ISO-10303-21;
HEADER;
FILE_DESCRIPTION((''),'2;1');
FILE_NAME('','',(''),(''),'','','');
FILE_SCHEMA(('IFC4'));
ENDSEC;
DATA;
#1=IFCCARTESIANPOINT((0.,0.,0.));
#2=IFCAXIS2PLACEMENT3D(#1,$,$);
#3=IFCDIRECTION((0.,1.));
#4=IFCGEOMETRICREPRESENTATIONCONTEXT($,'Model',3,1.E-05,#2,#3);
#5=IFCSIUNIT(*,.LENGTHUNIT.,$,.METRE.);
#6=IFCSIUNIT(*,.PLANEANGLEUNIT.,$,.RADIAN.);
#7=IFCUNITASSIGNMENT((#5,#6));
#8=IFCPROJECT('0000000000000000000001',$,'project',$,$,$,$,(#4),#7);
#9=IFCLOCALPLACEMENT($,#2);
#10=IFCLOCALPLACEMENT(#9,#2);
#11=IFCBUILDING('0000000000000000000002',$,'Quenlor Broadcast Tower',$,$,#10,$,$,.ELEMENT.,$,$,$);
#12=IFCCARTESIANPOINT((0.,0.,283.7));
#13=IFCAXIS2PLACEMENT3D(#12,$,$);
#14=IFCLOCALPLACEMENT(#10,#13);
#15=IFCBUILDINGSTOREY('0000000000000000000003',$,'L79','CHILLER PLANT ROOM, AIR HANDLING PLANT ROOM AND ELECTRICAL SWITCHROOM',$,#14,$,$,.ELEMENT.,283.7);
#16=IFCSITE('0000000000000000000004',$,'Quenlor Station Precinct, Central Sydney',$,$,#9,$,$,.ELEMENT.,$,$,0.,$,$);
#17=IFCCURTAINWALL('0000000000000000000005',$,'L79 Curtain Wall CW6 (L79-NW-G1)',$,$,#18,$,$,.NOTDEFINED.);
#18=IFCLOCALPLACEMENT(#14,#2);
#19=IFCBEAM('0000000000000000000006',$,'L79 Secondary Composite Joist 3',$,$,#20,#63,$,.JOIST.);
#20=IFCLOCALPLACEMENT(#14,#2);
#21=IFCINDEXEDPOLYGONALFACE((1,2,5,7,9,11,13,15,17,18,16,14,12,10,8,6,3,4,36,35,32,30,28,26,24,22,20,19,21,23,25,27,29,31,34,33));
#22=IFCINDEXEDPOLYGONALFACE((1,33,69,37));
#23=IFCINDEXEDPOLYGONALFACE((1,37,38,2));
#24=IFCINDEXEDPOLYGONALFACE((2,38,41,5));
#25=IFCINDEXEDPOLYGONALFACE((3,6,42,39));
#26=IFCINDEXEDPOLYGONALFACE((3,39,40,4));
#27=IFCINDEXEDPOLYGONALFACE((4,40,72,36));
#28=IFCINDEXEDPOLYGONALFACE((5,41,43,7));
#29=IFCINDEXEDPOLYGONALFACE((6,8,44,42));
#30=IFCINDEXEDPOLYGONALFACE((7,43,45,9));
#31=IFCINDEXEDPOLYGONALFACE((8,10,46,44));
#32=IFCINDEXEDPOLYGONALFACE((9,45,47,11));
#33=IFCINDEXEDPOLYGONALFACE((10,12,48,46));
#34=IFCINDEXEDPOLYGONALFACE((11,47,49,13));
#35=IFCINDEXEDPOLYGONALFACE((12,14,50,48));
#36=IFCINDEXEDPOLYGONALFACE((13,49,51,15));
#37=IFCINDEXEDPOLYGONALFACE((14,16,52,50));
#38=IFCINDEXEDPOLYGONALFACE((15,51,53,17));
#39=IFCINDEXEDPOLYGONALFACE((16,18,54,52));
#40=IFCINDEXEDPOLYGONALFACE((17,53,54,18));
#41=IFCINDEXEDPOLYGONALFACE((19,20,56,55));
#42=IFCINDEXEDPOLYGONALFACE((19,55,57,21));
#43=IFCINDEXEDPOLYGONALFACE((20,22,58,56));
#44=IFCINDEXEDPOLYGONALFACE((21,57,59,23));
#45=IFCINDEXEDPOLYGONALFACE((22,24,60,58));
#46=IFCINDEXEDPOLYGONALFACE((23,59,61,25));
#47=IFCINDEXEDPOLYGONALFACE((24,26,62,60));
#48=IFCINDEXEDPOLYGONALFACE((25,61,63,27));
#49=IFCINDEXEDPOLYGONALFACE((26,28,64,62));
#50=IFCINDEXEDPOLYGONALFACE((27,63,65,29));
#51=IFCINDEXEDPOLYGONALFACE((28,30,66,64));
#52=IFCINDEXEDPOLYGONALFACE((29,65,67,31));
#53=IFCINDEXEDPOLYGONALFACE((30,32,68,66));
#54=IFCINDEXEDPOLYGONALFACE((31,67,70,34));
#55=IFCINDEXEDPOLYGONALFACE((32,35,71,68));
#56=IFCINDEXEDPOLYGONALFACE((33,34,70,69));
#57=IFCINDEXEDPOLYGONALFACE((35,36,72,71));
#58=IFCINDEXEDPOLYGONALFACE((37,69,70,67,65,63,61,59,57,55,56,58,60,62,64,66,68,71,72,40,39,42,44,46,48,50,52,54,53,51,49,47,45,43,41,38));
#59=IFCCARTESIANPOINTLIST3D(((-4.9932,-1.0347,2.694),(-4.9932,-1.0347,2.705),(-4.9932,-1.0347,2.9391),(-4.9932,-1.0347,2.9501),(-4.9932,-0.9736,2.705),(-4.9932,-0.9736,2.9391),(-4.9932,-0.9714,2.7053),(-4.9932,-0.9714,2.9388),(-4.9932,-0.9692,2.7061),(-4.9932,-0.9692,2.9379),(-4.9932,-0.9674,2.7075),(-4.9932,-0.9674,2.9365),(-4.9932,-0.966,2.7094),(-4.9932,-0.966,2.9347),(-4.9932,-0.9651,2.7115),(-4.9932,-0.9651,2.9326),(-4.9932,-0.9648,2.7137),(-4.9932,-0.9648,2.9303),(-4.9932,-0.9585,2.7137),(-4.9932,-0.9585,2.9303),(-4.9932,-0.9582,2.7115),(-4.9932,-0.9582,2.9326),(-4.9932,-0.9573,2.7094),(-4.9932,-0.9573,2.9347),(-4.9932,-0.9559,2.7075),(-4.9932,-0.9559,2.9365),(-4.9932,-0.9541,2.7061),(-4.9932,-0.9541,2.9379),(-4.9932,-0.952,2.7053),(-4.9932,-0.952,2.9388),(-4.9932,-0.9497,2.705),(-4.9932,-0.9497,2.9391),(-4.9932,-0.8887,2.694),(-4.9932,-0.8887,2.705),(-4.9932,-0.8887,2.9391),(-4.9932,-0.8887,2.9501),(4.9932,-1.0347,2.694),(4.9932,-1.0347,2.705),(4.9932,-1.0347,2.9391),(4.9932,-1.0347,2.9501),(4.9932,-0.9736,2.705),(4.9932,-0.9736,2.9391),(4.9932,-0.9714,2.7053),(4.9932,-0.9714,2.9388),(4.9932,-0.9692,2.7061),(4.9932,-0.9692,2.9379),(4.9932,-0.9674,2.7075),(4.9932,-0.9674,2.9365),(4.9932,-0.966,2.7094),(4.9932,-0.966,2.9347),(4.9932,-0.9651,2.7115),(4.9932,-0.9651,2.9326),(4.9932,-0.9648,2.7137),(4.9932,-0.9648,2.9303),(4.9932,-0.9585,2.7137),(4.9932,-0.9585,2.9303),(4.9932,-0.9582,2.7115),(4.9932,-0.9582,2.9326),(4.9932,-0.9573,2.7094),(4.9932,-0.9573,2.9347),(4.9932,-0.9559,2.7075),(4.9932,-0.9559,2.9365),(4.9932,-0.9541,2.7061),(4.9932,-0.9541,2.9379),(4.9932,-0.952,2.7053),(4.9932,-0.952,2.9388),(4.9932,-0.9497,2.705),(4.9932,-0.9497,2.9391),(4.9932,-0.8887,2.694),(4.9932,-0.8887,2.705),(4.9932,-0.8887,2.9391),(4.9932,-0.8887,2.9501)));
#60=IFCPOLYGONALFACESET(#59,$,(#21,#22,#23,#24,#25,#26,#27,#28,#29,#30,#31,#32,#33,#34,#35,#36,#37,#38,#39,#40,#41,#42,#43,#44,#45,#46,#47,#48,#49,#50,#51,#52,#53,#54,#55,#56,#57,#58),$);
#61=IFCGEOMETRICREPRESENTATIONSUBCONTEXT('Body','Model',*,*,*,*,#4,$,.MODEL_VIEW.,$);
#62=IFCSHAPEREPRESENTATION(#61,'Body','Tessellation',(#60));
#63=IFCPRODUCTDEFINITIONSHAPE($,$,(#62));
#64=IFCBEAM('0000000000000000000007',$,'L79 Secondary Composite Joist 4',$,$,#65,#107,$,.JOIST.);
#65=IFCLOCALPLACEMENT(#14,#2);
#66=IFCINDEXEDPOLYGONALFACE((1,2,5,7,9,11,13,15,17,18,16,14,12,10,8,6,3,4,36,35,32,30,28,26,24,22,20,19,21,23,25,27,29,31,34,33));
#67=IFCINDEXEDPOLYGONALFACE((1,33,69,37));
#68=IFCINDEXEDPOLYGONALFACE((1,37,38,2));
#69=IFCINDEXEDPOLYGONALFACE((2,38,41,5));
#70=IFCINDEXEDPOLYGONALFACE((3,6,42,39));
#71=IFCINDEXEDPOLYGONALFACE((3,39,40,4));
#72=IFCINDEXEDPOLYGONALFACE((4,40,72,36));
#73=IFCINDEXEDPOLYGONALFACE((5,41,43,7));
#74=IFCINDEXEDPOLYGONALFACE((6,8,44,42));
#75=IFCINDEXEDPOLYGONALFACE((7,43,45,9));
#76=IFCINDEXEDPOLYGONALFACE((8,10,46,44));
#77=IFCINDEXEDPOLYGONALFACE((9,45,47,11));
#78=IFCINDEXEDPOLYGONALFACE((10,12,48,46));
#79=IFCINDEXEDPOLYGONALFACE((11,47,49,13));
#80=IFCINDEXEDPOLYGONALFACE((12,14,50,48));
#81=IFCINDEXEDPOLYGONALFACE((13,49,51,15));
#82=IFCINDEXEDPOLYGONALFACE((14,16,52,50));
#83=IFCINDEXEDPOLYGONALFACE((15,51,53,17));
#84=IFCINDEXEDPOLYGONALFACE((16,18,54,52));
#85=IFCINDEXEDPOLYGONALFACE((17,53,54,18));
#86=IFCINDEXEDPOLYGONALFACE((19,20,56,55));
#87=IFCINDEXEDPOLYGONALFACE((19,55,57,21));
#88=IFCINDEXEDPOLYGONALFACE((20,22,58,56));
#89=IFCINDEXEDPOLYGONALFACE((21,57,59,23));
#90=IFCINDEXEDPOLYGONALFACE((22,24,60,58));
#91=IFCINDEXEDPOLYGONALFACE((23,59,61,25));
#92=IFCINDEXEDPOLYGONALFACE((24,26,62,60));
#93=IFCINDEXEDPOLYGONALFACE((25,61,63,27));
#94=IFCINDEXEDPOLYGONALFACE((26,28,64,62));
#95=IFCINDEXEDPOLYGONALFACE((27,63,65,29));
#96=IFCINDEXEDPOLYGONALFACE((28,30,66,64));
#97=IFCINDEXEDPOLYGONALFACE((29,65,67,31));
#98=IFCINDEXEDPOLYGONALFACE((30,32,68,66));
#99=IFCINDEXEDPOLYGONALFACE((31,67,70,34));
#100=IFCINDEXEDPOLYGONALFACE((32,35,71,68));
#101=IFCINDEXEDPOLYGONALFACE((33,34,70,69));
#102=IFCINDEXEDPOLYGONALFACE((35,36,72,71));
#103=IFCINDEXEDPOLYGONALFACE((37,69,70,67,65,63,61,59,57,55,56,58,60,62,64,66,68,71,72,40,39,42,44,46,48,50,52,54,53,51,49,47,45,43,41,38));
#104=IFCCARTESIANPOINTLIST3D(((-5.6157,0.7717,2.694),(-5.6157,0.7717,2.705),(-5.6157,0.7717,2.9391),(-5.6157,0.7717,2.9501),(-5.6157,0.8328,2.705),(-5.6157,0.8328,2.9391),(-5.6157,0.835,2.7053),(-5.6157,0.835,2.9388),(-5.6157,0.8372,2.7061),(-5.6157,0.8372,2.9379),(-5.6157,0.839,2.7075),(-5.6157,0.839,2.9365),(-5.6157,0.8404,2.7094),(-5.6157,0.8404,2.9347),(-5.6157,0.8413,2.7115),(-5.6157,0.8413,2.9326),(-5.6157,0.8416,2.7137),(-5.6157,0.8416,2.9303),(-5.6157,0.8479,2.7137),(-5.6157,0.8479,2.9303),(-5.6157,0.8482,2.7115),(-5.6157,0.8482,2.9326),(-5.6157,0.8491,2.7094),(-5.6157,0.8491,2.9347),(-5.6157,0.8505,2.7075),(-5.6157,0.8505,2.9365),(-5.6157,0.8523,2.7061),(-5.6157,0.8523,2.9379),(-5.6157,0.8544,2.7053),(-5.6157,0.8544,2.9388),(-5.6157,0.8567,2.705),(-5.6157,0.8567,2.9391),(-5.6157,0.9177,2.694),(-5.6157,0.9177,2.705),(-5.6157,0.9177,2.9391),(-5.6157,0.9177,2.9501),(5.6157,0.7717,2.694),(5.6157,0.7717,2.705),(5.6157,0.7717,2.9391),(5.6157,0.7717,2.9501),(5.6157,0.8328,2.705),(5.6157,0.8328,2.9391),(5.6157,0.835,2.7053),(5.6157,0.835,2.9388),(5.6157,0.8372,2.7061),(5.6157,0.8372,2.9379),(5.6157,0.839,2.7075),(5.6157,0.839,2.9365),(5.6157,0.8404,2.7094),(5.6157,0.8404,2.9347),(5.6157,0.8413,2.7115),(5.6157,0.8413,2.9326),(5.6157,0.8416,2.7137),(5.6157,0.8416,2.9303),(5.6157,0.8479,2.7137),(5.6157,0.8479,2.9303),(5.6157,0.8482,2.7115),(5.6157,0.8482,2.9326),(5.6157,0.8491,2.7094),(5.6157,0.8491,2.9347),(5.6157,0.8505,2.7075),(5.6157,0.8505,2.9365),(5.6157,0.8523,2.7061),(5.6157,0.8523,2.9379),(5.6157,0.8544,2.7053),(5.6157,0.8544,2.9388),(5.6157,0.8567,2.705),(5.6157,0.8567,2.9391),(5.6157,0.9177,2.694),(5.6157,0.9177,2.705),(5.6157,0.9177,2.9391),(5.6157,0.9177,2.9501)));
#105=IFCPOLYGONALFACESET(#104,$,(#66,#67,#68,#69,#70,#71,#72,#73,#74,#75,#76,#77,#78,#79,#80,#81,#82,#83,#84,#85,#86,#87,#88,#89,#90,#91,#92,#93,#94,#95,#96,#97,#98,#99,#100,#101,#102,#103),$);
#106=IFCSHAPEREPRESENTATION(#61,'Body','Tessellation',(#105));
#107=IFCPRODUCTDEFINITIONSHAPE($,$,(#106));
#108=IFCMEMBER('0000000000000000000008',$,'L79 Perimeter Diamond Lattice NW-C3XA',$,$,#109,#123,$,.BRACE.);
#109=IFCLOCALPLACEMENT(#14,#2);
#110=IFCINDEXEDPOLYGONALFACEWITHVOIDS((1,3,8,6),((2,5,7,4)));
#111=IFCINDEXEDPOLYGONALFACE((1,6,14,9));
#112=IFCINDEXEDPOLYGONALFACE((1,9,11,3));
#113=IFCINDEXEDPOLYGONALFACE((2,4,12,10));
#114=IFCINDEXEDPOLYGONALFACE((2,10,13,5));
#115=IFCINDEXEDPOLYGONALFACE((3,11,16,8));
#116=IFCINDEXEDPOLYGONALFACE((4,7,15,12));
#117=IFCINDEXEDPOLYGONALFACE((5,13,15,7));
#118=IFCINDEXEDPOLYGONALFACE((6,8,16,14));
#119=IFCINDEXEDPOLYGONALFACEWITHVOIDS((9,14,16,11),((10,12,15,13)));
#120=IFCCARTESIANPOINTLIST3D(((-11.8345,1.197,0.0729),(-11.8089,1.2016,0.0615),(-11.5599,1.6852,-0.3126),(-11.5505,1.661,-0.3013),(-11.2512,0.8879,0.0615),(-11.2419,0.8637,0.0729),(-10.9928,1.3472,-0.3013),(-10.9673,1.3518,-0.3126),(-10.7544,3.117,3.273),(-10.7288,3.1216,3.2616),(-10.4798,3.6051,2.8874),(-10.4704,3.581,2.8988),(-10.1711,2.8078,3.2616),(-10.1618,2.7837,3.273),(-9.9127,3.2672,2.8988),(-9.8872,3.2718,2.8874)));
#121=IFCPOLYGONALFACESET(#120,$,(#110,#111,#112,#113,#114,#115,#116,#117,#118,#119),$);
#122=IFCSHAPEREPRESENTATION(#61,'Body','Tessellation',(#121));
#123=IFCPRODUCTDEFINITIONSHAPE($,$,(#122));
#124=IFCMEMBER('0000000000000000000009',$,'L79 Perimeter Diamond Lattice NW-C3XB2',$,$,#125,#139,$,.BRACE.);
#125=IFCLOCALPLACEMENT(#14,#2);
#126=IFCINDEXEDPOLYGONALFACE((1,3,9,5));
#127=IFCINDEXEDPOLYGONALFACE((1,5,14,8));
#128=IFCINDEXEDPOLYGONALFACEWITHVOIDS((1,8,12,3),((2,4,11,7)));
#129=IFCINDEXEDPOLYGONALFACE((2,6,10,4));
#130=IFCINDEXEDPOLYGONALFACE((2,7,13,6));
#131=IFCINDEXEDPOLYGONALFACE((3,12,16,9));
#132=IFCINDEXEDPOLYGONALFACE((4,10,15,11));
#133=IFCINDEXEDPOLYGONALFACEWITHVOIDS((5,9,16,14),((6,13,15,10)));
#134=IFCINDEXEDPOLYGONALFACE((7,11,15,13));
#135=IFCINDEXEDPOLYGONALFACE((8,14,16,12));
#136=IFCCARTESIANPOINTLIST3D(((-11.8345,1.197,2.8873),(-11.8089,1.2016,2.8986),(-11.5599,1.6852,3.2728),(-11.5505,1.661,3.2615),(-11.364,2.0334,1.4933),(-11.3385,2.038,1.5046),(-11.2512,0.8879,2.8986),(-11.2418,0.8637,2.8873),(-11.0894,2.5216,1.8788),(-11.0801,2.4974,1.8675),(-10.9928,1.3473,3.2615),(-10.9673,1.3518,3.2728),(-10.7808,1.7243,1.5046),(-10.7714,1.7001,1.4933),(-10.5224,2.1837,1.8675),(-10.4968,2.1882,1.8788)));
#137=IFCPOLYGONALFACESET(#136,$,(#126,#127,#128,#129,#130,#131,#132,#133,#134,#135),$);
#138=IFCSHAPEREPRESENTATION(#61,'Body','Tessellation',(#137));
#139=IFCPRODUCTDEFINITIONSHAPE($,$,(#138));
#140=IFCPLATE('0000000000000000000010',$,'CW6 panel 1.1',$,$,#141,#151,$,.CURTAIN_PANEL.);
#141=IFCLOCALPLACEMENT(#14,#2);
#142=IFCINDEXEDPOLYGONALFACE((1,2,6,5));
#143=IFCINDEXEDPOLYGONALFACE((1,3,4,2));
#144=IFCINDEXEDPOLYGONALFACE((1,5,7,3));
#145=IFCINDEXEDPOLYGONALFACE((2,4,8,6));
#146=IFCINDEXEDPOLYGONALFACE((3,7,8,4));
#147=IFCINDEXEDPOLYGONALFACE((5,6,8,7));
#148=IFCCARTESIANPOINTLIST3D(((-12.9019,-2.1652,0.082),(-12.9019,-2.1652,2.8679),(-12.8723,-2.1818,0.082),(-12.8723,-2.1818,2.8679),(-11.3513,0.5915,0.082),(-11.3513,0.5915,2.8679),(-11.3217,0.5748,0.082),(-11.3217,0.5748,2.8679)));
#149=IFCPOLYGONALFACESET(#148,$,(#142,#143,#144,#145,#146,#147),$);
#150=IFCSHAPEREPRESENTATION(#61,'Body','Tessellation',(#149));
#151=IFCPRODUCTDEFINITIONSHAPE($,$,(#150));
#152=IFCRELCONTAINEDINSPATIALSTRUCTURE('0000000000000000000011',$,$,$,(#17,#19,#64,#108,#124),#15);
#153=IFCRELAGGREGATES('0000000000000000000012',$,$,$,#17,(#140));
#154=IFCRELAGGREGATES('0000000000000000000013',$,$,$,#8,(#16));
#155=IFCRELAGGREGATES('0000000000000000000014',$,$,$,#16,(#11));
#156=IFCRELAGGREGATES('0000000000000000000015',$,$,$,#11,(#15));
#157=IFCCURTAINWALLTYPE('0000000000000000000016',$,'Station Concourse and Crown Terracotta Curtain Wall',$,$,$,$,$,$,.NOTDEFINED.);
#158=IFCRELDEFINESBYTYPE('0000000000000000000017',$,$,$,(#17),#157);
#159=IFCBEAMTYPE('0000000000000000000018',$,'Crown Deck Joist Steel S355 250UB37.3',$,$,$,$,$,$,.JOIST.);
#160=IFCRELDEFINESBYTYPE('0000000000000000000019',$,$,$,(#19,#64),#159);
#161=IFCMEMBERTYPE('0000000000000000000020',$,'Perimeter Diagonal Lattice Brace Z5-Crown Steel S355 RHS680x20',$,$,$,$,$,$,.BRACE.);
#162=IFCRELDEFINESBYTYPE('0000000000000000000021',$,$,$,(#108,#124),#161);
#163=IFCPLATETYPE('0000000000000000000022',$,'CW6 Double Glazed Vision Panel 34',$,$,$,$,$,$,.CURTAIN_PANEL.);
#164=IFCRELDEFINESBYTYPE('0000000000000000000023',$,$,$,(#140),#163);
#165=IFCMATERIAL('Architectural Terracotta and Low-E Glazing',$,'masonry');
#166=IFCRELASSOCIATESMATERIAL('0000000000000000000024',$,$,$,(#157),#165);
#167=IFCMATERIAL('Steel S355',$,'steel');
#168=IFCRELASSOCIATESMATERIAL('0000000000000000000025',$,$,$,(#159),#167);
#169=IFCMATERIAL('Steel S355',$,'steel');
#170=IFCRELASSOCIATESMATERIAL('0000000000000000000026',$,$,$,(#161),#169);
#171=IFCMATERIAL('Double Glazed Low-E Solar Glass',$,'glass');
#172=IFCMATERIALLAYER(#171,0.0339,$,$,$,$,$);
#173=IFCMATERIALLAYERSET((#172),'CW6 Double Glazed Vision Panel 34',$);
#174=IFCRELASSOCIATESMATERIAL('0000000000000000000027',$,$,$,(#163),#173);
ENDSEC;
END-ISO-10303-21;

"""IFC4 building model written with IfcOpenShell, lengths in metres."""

from ifc_helpers import new_model, si_unit, direction, frame, origin, origin_2d, place, context, subcontext, project, spatial, rectangle, hollow_rectangle, i_section, extrude, material, layer, layer_set, material_profile, profile_set, type_object, element, aggregate, save


model = new_model("IFC4")

# Units and contexts
model_context = context("Model", 3, precision=1e-05, world=origin(), true_north=direction((0.0, 1.0)))
body_context = subcontext(model_context, "Body", "Model", "MODEL_VIEW")
ifc_project = project(units=[si_unit("LENGTHUNIT", "METRE"), si_unit("PLANEANGLEUNIT", "RADIAN")], contexts=[model_context])

# Site, building, storey
site_placement = place(None, origin())
site = spatial("IfcSite", under=ifc_project, at=site_placement, Name="Quenlor Station Precinct, Central Sydney", CompositionType="ELEMENT", RefElevation=0.0)
building_placement = place(site_placement, origin())
building = spatial("IfcBuilding", under=site, at=building_placement, Name="Quenlor Broadcast Tower", CompositionType="ELEMENT")
storey_placement = place(building_placement, frame((0.0, 0.0, 283.7)))
storey = spatial("IfcBuildingStorey", under=building, at=storey_placement, Name="L79", Description="CHILLER PLANT ROOM, AIR HANDLING PLANT ROOM AND ELECTRICAL SWITCHROOM", CompositionType="ELEMENT", Elevation=283.7)

# Curtain wall
ifc_material_1 = material(Name="Architectural Terracotta and Low-E Glazing", Category="masonry")
curtain_wall_type = type_object("IfcCurtainWallType", Name="Station Concourse and Crown Terracotta Curtain Wall", PredefinedType="NOTDEFINED", material=ifc_material_1)
curtain_wall_placement = place(storey_placement, origin())
curtain_wall = element("IfcCurtainWall", 1, at=curtain_wall_placement, inside=storey, type_object=curtain_wall_type, Name="L79 Curtain Wall CW6 (L79-NW-G1)", PredefinedType="NOTDEFINED")

# Beams
ifc_material_2 = material(Name="Steel S355", Category="steel")
ifc_material_profile_1 = material_profile(ifc_material_2, i_section(OverallWidth=0.146, OverallDepth=0.2561, WebThickness=0.0063, FlangeThickness=0.011, FilletRadius=0.0088, at=origin_2d()))
ifc_profile_set_1 = profile_set([ifc_material_profile_1], Name="Steel S355 250UB37.3")
beam_type_1 = type_object("IfcBeamType", Name="Crown Deck Joist Steel S355 250UB37.3", PredefinedType="JOIST", material=ifc_profile_set_1)
beam_1_placement = place(storey_placement, frame((-4.9932, -0.9617, 2.822), z_axis=(1.0, 0.0, 0.0), x_axis=(0.0, 1.0, 0.0)))
element("IfcBeam", 2, at=beam_1_placement, inside=storey, type_object=beam_type_1, Name="L79 Secondary Composite Joist 3", PredefinedType="JOIST", context=body_context, shape_type="SweptSolid", body=[
    extrude(i_section(OverallWidth=0.146, OverallDepth=0.2561, WebThickness=0.0063, FlangeThickness=0.011, FilletRadius=0.0088, at=origin_2d()), origin(), (0.0, 0.0, 1.0), 9.9863),
])
beam_2_placement = place(storey_placement, frame((-5.6157, 0.8447, 2.822), z_axis=(1.0, 0.0, 0.0), x_axis=(0.0, 1.0, 0.0)))
element("IfcBeam", 3, at=beam_2_placement, inside=storey, type_object=beam_type_1, Name="L79 Secondary Composite Joist 4", PredefinedType="JOIST", context=body_context, shape_type="SweptSolid", body=[
    extrude(i_section(OverallWidth=0.146, OverallDepth=0.2561, WebThickness=0.0063, FlangeThickness=0.011, FilletRadius=0.0088, at=origin_2d()), origin(), (0.0, 0.0, 1.0), 11.2314),
])

# Members
ifc_material_3 = material(Name="Steel S355", Category="steel")
ifc_material_profile_2 = material_profile(ifc_material_3, hollow_rectangle(XDim=0.6799, YDim=0.6799, WallThickness=0.02, at=origin_2d()))
ifc_profile_set_2 = profile_set([ifc_material_profile_2], Name="Steel S355 RHS680x680x20")
member_type_1 = type_object("IfcMemberType", Name="Perimeter Diagonal Lattice Brace Z5-Crown Steel S355 RHS680x20", PredefinedType="BRACE", material=ifc_profile_set_2)
member_1_placement = place(storey_placement, frame((-11.4009, 1.2744, -0.1199), z_axis=(0.27802, 0.494203, 0.823692), x_axis=(-0.871552, 0.490303, 0.0)))
element("IfcMember", 4, at=member_1_placement, inside=storey, type_object=member_type_1, Name="L79 Perimeter Diamond Lattice NW-C3XA", PredefinedType="BRACE", context=body_context, shape_type="SweptSolid", body=[
    extrude(hollow_rectangle(XDim=0.6799, YDim=0.6799, WallThickness=0.02, at=origin_2d()), origin(), (0.0, 0.0, 1.0), 3.885),
])
member_2_placement = place(storey_placement, frame((-10.9304, 2.1108, 1.686), z_axis=(-0.27798, -0.494218, 0.823697), x_axis=(0.871589, -0.490237, 0.0)))
element("IfcMember", 5, at=member_2_placement, inside=storey, type_object=member_type_1, Name="L79 Perimeter Diamond Lattice NW-C3XB2", PredefinedType="BRACE", context=body_context, shape_type="SweptSolid", body=[
    extrude(hollow_rectangle(XDim=0.6799, YDim=0.6799, WallThickness=0.02, at=origin_2d()), origin(), (0.0, 0.0, 1.0), 1.6924),
])

# Plate
ifc_material_4 = material(Name="Double Glazed Low-E Solar Glass", Category="glass")
ifc_layer_1 = layer(ifc_material_4, 0.0339)
ifc_layer_set_1 = layer_set([ifc_layer_1], Name="CW6 Double Glazed Vision Panel 34")
plate_type_1 = type_object("IfcPlateType", Name="CW6 Double Glazed Vision Panel 34", PredefinedType="CURTAIN_PANEL", material=ifc_layer_set_1)
plate_placement = place(storey_placement, frame((-12.1118, -0.7952, 0.082), z_axis=(0.0, 0.0, 1.0), x_axis=(0.490268, 0.871572, 0.0)))
plate = element("IfcPlate", 6, at=plate_placement, type_object=plate_type_1, Name="CW6 panel 1.1", PredefinedType="CURTAIN_PANEL", context=body_context, shape_type="SweptSolid", body=[
    extrude(rectangle(XDim=3.1628, YDim=0.0339, at=origin_2d()), origin(), (0.0, 0.0, 1.0), 2.7859),
])
aggregate(curtain_wall, [plate])

save(model, "model.ifc")
